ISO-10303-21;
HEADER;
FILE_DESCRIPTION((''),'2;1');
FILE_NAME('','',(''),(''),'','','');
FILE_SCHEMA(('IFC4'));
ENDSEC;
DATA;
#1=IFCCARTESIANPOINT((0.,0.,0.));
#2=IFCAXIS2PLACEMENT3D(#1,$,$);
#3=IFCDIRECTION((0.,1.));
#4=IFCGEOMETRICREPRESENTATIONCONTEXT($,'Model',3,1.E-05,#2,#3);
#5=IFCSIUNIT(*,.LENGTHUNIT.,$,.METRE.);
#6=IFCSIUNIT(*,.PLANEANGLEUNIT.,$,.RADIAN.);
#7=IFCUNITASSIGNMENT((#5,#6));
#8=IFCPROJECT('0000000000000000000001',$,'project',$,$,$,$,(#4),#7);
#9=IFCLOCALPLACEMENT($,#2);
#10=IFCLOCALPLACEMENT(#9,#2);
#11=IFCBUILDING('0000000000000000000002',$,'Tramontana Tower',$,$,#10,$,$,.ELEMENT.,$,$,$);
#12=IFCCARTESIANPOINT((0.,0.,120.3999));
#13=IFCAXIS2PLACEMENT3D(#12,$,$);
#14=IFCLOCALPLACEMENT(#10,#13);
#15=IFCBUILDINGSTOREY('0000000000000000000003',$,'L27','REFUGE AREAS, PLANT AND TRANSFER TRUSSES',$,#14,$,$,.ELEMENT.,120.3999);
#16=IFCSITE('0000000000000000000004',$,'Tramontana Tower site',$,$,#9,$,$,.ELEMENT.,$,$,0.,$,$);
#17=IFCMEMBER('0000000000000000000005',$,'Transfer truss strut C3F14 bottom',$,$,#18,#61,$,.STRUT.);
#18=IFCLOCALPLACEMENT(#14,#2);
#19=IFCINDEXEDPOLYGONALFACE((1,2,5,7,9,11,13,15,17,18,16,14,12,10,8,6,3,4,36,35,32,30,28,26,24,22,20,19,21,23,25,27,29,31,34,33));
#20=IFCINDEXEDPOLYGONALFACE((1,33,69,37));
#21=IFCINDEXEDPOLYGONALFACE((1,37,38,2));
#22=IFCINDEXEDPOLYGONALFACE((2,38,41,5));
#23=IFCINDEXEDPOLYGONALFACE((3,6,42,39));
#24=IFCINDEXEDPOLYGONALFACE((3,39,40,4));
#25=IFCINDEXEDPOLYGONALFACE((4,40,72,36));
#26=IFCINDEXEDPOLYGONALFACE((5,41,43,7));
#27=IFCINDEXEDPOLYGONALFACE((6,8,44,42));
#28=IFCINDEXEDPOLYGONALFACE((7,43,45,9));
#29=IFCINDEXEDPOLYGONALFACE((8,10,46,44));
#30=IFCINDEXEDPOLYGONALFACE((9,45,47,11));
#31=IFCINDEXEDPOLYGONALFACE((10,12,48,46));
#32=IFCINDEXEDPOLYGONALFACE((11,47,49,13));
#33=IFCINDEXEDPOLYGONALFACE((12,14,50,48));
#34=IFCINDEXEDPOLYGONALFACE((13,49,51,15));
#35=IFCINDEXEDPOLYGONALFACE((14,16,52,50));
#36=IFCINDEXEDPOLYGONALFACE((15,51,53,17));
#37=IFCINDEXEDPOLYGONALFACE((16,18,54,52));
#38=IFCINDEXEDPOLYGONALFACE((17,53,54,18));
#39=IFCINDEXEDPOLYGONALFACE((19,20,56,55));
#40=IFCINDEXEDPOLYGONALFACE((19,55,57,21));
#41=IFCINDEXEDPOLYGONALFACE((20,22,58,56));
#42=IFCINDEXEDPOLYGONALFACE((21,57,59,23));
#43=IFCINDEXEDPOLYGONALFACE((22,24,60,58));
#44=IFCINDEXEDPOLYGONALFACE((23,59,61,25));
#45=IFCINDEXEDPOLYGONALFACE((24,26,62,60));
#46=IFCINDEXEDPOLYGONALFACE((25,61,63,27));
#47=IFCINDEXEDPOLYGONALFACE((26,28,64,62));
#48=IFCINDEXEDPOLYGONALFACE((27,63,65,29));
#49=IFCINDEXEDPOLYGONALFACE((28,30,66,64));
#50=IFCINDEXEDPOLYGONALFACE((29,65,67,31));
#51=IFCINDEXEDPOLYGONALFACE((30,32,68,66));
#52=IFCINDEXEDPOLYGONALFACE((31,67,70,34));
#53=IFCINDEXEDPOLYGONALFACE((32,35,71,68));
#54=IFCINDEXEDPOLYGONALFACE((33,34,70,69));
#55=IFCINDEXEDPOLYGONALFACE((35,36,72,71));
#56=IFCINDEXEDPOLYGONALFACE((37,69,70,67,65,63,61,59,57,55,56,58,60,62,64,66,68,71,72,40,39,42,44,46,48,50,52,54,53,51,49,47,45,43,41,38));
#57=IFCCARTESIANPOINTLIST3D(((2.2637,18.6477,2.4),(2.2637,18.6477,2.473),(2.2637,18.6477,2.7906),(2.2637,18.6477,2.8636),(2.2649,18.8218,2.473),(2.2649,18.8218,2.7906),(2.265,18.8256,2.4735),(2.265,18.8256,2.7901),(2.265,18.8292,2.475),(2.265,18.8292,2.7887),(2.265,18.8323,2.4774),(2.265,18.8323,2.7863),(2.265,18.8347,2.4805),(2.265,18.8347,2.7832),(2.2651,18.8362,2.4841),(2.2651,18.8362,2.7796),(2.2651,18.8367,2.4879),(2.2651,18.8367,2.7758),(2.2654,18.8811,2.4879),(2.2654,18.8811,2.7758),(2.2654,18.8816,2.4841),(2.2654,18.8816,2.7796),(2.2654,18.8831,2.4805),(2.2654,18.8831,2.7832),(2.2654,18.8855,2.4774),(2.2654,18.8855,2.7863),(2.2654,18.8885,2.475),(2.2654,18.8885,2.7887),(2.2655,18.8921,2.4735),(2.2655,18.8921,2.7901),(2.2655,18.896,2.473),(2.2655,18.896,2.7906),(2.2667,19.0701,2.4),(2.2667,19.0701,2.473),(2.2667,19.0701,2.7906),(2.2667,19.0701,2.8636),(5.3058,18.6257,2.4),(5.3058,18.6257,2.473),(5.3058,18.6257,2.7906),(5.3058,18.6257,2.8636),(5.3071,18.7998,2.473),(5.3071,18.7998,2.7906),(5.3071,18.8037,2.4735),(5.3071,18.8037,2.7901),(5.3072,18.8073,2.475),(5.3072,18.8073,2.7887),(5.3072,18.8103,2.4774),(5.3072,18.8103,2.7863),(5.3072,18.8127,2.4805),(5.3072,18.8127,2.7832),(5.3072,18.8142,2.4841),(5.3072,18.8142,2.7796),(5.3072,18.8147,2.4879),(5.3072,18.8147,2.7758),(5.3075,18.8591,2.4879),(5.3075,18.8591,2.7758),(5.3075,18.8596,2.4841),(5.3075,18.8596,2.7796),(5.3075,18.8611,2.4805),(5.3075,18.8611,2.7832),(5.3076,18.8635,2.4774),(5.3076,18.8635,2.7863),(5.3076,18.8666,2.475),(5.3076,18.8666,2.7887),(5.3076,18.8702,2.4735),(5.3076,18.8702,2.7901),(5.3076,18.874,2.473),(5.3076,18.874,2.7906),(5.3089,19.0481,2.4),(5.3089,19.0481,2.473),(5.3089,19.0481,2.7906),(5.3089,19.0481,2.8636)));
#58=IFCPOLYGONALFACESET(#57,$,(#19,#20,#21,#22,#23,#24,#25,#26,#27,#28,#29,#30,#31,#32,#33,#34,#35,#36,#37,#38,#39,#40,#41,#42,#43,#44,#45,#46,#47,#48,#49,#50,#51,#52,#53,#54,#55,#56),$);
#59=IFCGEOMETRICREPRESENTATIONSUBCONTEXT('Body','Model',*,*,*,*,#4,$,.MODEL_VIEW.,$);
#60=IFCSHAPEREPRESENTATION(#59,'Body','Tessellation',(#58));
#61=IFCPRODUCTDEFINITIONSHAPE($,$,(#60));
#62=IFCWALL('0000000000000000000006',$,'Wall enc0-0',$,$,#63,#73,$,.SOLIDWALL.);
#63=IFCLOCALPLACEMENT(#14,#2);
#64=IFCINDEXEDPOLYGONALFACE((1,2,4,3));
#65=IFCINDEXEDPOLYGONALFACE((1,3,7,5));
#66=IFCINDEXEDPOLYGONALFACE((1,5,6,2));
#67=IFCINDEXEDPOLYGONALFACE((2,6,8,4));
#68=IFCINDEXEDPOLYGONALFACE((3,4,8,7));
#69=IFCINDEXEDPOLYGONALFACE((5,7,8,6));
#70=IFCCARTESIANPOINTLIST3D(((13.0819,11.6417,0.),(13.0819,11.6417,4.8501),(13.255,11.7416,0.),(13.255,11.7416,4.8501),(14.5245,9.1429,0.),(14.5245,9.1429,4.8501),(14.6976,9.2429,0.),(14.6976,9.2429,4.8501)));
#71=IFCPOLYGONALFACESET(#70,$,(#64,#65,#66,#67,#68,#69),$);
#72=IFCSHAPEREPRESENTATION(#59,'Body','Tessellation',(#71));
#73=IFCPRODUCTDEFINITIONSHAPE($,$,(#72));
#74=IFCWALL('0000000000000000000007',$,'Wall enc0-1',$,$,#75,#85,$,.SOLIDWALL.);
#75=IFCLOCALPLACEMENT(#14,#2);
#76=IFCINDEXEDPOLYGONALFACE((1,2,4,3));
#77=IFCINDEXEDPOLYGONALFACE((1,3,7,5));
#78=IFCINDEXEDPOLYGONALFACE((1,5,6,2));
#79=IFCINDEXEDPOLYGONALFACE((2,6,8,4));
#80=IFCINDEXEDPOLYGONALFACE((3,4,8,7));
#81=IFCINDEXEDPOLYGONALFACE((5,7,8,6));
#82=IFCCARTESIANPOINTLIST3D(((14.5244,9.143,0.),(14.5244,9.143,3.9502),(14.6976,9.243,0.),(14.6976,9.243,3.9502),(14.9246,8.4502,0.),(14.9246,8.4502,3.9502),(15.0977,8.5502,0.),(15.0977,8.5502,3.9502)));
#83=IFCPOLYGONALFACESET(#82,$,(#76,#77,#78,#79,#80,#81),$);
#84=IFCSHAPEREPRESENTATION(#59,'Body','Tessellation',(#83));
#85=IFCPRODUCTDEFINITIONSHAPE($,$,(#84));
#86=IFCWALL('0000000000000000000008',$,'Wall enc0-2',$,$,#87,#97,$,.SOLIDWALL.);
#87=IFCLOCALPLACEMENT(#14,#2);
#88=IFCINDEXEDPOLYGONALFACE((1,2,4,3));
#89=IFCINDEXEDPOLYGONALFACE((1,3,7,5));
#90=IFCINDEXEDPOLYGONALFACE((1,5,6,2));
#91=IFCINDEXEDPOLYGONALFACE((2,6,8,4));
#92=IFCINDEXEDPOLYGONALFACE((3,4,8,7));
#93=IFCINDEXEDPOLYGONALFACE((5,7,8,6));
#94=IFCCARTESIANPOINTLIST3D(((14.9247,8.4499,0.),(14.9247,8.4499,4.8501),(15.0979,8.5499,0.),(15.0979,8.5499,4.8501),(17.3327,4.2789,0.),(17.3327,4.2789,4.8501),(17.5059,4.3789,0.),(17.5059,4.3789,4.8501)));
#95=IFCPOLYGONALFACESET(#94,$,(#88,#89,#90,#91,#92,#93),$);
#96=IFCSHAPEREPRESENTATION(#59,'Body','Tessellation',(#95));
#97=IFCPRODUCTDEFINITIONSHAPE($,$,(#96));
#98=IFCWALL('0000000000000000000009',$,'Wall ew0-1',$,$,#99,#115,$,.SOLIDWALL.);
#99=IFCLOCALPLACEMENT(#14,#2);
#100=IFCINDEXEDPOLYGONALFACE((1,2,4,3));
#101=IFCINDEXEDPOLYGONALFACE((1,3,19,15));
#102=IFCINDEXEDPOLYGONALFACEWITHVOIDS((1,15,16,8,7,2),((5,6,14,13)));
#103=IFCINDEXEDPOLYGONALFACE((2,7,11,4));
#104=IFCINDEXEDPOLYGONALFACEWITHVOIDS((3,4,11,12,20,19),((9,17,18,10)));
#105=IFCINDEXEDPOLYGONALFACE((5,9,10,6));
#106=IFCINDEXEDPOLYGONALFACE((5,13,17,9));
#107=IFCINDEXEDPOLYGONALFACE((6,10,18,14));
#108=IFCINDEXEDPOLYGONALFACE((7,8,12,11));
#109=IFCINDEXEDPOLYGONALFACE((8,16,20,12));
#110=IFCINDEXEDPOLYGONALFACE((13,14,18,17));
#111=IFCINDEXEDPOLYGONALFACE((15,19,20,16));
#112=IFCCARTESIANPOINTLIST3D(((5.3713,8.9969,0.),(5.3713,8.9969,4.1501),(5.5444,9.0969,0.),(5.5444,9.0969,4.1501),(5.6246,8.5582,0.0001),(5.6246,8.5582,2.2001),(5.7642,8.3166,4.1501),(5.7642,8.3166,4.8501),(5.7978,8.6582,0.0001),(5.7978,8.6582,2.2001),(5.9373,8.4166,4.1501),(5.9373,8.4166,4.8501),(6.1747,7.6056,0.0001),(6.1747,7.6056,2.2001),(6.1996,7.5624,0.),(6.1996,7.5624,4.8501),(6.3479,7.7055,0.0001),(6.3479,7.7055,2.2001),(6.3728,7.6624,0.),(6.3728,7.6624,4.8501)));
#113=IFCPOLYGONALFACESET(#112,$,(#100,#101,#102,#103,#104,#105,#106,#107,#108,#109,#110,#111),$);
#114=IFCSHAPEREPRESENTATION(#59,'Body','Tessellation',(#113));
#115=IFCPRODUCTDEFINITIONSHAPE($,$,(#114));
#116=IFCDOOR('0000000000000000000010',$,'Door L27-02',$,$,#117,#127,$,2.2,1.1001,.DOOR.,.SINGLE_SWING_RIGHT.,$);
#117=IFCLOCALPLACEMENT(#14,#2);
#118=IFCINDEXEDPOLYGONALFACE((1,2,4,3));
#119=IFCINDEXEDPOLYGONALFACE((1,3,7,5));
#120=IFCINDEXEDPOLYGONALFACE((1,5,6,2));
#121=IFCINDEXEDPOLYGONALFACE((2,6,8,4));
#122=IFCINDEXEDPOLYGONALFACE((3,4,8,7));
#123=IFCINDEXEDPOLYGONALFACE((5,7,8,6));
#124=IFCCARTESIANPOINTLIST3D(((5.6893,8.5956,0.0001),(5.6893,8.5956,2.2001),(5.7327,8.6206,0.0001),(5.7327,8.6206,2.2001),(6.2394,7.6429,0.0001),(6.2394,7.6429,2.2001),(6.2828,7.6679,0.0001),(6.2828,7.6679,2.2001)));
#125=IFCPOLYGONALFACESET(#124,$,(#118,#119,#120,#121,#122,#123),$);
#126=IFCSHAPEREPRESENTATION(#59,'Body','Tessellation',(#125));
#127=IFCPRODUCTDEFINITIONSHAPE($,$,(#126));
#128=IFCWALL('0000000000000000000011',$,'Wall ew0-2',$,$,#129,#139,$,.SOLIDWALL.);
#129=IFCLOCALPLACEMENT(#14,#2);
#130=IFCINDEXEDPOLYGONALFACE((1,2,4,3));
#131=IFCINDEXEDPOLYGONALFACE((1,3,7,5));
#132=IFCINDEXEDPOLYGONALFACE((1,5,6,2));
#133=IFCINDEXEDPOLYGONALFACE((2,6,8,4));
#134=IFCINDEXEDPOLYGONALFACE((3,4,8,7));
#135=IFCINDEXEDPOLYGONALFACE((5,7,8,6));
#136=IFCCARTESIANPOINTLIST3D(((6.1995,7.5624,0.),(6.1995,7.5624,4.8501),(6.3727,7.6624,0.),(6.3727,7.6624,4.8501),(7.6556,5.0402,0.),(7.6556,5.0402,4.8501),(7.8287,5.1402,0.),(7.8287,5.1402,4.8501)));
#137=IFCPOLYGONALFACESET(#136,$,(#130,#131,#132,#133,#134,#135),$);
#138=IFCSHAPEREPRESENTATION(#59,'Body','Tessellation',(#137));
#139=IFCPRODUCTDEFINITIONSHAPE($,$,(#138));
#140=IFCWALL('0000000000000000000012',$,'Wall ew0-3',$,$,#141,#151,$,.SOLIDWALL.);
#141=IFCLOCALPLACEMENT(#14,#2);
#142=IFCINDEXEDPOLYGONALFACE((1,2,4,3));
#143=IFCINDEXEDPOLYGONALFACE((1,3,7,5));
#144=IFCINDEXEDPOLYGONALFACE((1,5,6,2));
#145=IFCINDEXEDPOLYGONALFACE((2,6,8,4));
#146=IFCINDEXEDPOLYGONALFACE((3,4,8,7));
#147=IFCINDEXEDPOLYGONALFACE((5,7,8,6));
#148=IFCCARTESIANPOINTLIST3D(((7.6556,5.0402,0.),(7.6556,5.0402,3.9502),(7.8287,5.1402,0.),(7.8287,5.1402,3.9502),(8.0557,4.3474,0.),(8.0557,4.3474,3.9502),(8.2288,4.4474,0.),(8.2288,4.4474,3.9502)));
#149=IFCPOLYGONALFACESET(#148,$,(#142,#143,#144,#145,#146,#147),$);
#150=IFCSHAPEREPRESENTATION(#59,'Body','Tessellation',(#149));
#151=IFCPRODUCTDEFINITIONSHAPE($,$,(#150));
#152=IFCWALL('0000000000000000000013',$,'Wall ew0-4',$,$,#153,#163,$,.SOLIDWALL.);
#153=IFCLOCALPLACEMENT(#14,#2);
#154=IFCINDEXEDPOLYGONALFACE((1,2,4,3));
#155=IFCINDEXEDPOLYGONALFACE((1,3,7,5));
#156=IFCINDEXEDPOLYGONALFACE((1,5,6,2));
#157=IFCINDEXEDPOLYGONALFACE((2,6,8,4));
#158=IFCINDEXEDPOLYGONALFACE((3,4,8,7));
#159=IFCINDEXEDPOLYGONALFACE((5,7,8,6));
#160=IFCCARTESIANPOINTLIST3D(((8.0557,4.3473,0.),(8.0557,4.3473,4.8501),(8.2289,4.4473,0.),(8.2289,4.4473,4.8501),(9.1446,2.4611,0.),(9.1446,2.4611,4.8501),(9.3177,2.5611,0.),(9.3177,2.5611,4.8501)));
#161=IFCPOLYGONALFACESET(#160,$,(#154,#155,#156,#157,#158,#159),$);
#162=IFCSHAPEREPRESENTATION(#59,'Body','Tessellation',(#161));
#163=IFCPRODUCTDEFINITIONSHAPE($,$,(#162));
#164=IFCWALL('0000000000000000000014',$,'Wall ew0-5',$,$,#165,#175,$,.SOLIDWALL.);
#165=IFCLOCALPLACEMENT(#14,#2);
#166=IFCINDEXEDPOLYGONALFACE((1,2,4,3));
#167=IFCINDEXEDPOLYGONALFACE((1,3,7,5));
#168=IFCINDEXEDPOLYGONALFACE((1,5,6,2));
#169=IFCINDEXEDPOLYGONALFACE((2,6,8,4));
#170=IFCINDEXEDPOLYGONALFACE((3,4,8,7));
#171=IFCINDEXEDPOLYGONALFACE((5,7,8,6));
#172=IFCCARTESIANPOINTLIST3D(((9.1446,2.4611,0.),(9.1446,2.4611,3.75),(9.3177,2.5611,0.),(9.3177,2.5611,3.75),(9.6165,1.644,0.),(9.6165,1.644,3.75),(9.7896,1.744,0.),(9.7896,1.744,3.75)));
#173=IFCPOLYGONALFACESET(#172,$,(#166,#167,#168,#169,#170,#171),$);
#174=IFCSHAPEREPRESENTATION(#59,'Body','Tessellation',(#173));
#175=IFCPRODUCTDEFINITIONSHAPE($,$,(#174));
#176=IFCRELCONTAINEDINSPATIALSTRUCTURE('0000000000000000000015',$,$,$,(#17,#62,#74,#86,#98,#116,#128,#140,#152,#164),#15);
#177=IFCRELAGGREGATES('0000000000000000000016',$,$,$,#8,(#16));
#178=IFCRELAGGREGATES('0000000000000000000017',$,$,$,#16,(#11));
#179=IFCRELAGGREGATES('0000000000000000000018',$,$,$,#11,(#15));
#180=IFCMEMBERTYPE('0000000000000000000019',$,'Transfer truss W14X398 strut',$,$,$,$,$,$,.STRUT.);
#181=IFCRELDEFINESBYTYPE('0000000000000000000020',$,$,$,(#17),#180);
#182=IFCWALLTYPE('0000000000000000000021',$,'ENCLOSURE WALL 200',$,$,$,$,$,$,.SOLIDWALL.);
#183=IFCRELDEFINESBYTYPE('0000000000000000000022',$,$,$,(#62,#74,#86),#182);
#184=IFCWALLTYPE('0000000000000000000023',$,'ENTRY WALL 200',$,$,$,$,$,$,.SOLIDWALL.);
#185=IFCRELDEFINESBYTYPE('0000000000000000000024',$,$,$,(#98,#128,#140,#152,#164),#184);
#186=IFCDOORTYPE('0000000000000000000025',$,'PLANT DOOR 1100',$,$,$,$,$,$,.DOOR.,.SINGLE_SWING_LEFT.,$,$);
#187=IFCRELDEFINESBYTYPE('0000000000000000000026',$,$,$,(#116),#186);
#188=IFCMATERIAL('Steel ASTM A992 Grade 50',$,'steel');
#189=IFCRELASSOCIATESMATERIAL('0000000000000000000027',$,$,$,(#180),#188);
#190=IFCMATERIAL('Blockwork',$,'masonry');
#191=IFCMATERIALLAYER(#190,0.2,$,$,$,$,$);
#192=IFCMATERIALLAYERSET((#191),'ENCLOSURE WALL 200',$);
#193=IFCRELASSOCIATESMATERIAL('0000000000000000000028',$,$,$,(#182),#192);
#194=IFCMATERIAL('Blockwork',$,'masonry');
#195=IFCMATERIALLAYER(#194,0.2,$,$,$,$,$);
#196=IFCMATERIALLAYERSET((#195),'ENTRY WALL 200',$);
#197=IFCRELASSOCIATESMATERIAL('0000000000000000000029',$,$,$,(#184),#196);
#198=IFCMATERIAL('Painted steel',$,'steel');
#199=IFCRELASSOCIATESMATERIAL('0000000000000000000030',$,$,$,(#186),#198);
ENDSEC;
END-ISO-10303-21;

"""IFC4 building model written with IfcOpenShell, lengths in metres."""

from ifc_helpers import new_model, si_unit, direction, frame, frame_2d, origin, origin_2d, place, context, subcontext, project, spatial, polyline, rectangle, i_section, outline, extrude, material, layer, layer_set, material_profile, profile_set, type_object, element, fill, save


model = new_model("IFC4")

# Units and contexts
model_context = context("Model", 3, precision=1e-05, world=origin(), true_north=direction((0.0, 1.0)))
body_context = subcontext(model_context, "Body", "Model", "MODEL_VIEW")
ifc_project = project(units=[si_unit("LENGTHUNIT", "METRE"), si_unit("PLANEANGLEUNIT", "RADIAN")], contexts=[model_context])

# Site, building, storey
site_placement = place(None, origin())
site = spatial("IfcSite", under=ifc_project, at=site_placement, Name="Tramontana Tower site", CompositionType="ELEMENT", RefElevation=0.0)
building_placement = place(site_placement, origin())
building = spatial("IfcBuilding", under=site, at=building_placement, Name="Tramontana Tower", CompositionType="ELEMENT")
storey_placement = place(building_placement, frame((0.0, 0.0, 120.3999)))
storey = spatial("IfcBuildingStorey", under=building, at=storey_placement, Name="L27", Description="REFUGE AREAS, PLANT AND TRANSFER TRUSSES", CompositionType="ELEMENT", Elevation=120.3999)

# Member
ifc_material_1 = material(Name="Steel ASTM A992 Grade 50", Category="steel")
ifc_material_profile_1 = material_profile(ifc_material_1, i_section(OverallWidth=0.4224, OverallDepth=0.4636, WebThickness=0.0444, FlangeThickness=0.073, FilletRadius=0.0149, at=origin_2d()), Name="W14X398")
ifc_profile_set_1 = profile_set([ifc_material_profile_1], Name="Steel ASTM A992 Grade 50")
member_type_1 = type_object("IfcMemberType", Name="Transfer truss W14X398 strut", PredefinedType="STRUT", material=ifc_profile_set_1)
member_1_placement = place(storey_placement, frame((5.3074, 18.8369, 2.6318), z_axis=(-0.999974, 0.007222, 0.0), x_axis=(-0.007222, -0.999974, 0.0)))
element("IfcMember", 1, at=member_1_placement, inside=storey, type_object=member_type_1, Name="Transfer truss strut C3F14 bottom", PredefinedType="STRUT", context=body_context, shape_type="SweptSolid", body=[
    extrude(i_section(OverallWidth=0.4224, OverallDepth=0.4636, WebThickness=0.0444, FlangeThickness=0.073, FilletRadius=0.0149, at=origin_2d()), origin(), (0.0, 0.0, 1.0), 3.0422),
])

# Walls
ifc_material_2 = material(Name="Blockwork", Category="masonry")
ifc_layer_1 = layer(ifc_material_2, 0.2)
ifc_layer_set_1 = layer_set([ifc_layer_1], Name="ENCLOSURE WALL 200")
wall_type_1 = type_object("IfcWallType", Name="ENCLOSURE WALL 200", PredefinedType="SOLIDWALL", material=ifc_layer_set_1)
wall_1_placement = place(storey_placement, frame((13.1685, 11.6917, 0.0), z_axis=(0.0, 0.0, 1.0), x_axis=(0.499989, -0.866032, 0.0)))
element("IfcWall", 2, at=wall_1_placement, inside=storey, type_object=wall_type_1, Name="Wall enc0-0", PredefinedType="SOLIDWALL", context=body_context, shape_type="SweptSolid", body=[
    extrude(rectangle(XDim=2.8853, YDim=0.2, at=frame_2d((1.4426, 0.0))), origin(), (0.0, 0.0, 1.0), 4.8501),
])
wall_2_placement = place(storey_placement, frame((14.6111, 9.1929, 0.0), z_axis=(0.0, 0.0, 1.0), x_axis=(0.50011, -0.865962, 0.0)))
element("IfcWall", 3, at=wall_2_placement, inside=storey, type_object=wall_type_1, Name="Wall enc0-1", PredefinedType="SOLIDWALL", context=body_context, shape_type="SweptSolid", body=[
    extrude(rectangle(XDim=0.8, YDim=0.2, at=frame_2d((0.3999, 0.0))), origin(), (0.0, 0.0, 1.0), 3.9502),
])
wall_3_placement = place(storey_placement, frame((15.0112, 8.5, 0.0), z_axis=(0.0, 0.0, 1.0), x_axis=(0.499983, -0.866035, 0.0)))
element("IfcWall", 4, at=wall_3_placement, inside=storey, type_object=wall_type_1, Name="Wall enc0-2", PredefinedType="SOLIDWALL", context=body_context, shape_type="SweptSolid", body=[
    extrude(rectangle(XDim=4.8162, YDim=0.2, at=frame_2d((2.4082, 0.0))), origin(), (0.0, 0.0, 1.0), 4.8501),
])

# Wall, opening, door
ifc_material_3 = material(Name="Blockwork", Category="masonry")
ifc_layer_2 = layer(ifc_material_3, 0.2)
ifc_layer_set_2 = layer_set([ifc_layer_2], Name="ENTRY WALL 200")
wall_type_2 = type_object("IfcWallType", Name="ENTRY WALL 200", PredefinedType="SOLIDWALL", material=ifc_layer_set_2)
wall_4_placement = place(storey_placement, frame((5.4578, 9.0469, 0.0), z_axis=(0.0, 0.0, 1.0), x_axis=(0.500054, -0.865994, 0.0)))
wall_4 = element("IfcWall", 5, at=wall_4_placement, inside=storey, type_object=wall_type_2, Name="Wall ew0-1", PredefinedType="SOLIDWALL", context=body_context, shape_type="SweptSolid", body=[
    extrude(outline(polyline([(0.0, 0.0), (1.6565, 0.0), (1.6565, 4.8501), (0.7856, 4.8501), (0.7856, 4.1501), (0.0, 4.1501), (0.0, 0.0)])), frame((0.0, 0.1001, 0.0), z_axis=(0.0, -1.0, 0.0), x_axis=(1.0, 0.0, 0.0)), (0.0, 0.0, 1.0), 0.2),
])
opening_1_placement = place(wall_4_placement, frame((0.5066, 0.0, 0.0)))
opening_1 = element("IfcOpeningElement", 6, at=opening_1_placement, cuts=wall_4, PredefinedType="OPENING", context=body_context, shape_type="SweptSolid", body=[
    extrude(rectangle(XDim=1.1001, YDim=2.2, at=frame_2d((0.55, 1.1001))), frame((0.0, 0.1099, 0.0), z_axis=(0.0, -1.0, 0.0), x_axis=(1.0, 0.0, 0.0)), (0.0, 0.0, 1.0), 0.22),
])
ifc_material_4 = material(Name="Painted steel", Category="steel")
door_type = type_object("IfcDoorType", Name="PLANT DOOR 1100", OperationType="SINGLE_SWING_LEFT", PredefinedType="DOOR", material=ifc_material_4)
door_1_placement = place(opening_1_placement, origin())
door_1 = element("IfcDoor", 7, at=door_1_placement, inside=storey, type_object=door_type, Name="Door L27-02", OperationType="SINGLE_SWING_RIGHT", OverallHeight=2.2, OverallWidth=1.1001, PredefinedType="DOOR", context=body_context, shape_type="SweptSolid", body=[
    extrude(rectangle(XDim=1.1001, YDim=2.2, at=frame_2d((0.55, 1.1001))), frame((0.0, 0.0249, 0.0), z_axis=(0.0, -1.0, 0.0), x_axis=(1.0, 0.0, 0.0)), (0.0, 0.0, 1.0), 0.05),
])
fill(opening_1, door_1)

# Walls
wall_5_placement = place(storey_placement, frame((6.2861, 7.6123, 0.0), z_axis=(0.0, 0.0, 1.0), x_axis=(0.499962, -0.866047, 0.0)))
element("IfcWall", 8, at=wall_5_placement, inside=storey, type_object=wall_type_2, Name="Wall ew0-2", PredefinedType="SOLIDWALL", context=body_context, shape_type="SweptSolid", body=[
    extrude(rectangle(XDim=2.9124, YDim=0.2, at=frame_2d((1.4561, 0.0))), origin(), (0.0, 0.0, 1.0), 4.8501),
])
wall_6_placement = place(storey_placement, frame((7.7422, 5.0901, 0.0), z_axis=(0.0, 0.0, 1.0), x_axis=(0.50011, -0.865962, 0.0)))
element("IfcWall", 9, at=wall_6_placement, inside=storey, type_object=wall_type_2, Name="Wall ew0-3", PredefinedType="SOLIDWALL", context=body_context, shape_type="SweptSolid", body=[
    extrude(rectangle(XDim=0.8, YDim=0.2, at=frame_2d((0.3999, 0.0))), origin(), (0.0, 0.0, 1.0), 3.9502),
])
wall_7_placement = place(storey_placement, frame((8.1423, 4.3972, 0.0), z_axis=(0.0, 0.0, 1.0), x_axis=(0.499949, -0.866055, 0.0)))
element("IfcWall", 10, at=wall_7_placement, inside=storey, type_object=wall_type_2, Name="Wall ew0-4", PredefinedType="SOLIDWALL", context=body_context, shape_type="SweptSolid", body=[
    extrude(rectangle(XDim=2.178, YDim=0.2, at=frame_2d((1.0889, 0.0))), origin(), (0.0, 0.0, 1.0), 4.8501),
])
wall_8_placement = place(storey_placement, frame((9.2312, 2.511, 0.0), z_axis=(0.0, 0.0, 1.0), x_axis=(0.500118, -0.865957, 0.0)))
element("IfcWall", 11, at=wall_8_placement, inside=storey, type_object=wall_type_2, Name="Wall ew0-5", PredefinedType="SOLIDWALL", context=body_context, shape_type="SweptSolid", body=[
    extrude(rectangle(XDim=0.9436, YDim=0.2, at=frame_2d((0.4717, 0.0))), origin(), (0.0, 0.0, 1.0), 3.75),
])

save(model, "model.ifc")
